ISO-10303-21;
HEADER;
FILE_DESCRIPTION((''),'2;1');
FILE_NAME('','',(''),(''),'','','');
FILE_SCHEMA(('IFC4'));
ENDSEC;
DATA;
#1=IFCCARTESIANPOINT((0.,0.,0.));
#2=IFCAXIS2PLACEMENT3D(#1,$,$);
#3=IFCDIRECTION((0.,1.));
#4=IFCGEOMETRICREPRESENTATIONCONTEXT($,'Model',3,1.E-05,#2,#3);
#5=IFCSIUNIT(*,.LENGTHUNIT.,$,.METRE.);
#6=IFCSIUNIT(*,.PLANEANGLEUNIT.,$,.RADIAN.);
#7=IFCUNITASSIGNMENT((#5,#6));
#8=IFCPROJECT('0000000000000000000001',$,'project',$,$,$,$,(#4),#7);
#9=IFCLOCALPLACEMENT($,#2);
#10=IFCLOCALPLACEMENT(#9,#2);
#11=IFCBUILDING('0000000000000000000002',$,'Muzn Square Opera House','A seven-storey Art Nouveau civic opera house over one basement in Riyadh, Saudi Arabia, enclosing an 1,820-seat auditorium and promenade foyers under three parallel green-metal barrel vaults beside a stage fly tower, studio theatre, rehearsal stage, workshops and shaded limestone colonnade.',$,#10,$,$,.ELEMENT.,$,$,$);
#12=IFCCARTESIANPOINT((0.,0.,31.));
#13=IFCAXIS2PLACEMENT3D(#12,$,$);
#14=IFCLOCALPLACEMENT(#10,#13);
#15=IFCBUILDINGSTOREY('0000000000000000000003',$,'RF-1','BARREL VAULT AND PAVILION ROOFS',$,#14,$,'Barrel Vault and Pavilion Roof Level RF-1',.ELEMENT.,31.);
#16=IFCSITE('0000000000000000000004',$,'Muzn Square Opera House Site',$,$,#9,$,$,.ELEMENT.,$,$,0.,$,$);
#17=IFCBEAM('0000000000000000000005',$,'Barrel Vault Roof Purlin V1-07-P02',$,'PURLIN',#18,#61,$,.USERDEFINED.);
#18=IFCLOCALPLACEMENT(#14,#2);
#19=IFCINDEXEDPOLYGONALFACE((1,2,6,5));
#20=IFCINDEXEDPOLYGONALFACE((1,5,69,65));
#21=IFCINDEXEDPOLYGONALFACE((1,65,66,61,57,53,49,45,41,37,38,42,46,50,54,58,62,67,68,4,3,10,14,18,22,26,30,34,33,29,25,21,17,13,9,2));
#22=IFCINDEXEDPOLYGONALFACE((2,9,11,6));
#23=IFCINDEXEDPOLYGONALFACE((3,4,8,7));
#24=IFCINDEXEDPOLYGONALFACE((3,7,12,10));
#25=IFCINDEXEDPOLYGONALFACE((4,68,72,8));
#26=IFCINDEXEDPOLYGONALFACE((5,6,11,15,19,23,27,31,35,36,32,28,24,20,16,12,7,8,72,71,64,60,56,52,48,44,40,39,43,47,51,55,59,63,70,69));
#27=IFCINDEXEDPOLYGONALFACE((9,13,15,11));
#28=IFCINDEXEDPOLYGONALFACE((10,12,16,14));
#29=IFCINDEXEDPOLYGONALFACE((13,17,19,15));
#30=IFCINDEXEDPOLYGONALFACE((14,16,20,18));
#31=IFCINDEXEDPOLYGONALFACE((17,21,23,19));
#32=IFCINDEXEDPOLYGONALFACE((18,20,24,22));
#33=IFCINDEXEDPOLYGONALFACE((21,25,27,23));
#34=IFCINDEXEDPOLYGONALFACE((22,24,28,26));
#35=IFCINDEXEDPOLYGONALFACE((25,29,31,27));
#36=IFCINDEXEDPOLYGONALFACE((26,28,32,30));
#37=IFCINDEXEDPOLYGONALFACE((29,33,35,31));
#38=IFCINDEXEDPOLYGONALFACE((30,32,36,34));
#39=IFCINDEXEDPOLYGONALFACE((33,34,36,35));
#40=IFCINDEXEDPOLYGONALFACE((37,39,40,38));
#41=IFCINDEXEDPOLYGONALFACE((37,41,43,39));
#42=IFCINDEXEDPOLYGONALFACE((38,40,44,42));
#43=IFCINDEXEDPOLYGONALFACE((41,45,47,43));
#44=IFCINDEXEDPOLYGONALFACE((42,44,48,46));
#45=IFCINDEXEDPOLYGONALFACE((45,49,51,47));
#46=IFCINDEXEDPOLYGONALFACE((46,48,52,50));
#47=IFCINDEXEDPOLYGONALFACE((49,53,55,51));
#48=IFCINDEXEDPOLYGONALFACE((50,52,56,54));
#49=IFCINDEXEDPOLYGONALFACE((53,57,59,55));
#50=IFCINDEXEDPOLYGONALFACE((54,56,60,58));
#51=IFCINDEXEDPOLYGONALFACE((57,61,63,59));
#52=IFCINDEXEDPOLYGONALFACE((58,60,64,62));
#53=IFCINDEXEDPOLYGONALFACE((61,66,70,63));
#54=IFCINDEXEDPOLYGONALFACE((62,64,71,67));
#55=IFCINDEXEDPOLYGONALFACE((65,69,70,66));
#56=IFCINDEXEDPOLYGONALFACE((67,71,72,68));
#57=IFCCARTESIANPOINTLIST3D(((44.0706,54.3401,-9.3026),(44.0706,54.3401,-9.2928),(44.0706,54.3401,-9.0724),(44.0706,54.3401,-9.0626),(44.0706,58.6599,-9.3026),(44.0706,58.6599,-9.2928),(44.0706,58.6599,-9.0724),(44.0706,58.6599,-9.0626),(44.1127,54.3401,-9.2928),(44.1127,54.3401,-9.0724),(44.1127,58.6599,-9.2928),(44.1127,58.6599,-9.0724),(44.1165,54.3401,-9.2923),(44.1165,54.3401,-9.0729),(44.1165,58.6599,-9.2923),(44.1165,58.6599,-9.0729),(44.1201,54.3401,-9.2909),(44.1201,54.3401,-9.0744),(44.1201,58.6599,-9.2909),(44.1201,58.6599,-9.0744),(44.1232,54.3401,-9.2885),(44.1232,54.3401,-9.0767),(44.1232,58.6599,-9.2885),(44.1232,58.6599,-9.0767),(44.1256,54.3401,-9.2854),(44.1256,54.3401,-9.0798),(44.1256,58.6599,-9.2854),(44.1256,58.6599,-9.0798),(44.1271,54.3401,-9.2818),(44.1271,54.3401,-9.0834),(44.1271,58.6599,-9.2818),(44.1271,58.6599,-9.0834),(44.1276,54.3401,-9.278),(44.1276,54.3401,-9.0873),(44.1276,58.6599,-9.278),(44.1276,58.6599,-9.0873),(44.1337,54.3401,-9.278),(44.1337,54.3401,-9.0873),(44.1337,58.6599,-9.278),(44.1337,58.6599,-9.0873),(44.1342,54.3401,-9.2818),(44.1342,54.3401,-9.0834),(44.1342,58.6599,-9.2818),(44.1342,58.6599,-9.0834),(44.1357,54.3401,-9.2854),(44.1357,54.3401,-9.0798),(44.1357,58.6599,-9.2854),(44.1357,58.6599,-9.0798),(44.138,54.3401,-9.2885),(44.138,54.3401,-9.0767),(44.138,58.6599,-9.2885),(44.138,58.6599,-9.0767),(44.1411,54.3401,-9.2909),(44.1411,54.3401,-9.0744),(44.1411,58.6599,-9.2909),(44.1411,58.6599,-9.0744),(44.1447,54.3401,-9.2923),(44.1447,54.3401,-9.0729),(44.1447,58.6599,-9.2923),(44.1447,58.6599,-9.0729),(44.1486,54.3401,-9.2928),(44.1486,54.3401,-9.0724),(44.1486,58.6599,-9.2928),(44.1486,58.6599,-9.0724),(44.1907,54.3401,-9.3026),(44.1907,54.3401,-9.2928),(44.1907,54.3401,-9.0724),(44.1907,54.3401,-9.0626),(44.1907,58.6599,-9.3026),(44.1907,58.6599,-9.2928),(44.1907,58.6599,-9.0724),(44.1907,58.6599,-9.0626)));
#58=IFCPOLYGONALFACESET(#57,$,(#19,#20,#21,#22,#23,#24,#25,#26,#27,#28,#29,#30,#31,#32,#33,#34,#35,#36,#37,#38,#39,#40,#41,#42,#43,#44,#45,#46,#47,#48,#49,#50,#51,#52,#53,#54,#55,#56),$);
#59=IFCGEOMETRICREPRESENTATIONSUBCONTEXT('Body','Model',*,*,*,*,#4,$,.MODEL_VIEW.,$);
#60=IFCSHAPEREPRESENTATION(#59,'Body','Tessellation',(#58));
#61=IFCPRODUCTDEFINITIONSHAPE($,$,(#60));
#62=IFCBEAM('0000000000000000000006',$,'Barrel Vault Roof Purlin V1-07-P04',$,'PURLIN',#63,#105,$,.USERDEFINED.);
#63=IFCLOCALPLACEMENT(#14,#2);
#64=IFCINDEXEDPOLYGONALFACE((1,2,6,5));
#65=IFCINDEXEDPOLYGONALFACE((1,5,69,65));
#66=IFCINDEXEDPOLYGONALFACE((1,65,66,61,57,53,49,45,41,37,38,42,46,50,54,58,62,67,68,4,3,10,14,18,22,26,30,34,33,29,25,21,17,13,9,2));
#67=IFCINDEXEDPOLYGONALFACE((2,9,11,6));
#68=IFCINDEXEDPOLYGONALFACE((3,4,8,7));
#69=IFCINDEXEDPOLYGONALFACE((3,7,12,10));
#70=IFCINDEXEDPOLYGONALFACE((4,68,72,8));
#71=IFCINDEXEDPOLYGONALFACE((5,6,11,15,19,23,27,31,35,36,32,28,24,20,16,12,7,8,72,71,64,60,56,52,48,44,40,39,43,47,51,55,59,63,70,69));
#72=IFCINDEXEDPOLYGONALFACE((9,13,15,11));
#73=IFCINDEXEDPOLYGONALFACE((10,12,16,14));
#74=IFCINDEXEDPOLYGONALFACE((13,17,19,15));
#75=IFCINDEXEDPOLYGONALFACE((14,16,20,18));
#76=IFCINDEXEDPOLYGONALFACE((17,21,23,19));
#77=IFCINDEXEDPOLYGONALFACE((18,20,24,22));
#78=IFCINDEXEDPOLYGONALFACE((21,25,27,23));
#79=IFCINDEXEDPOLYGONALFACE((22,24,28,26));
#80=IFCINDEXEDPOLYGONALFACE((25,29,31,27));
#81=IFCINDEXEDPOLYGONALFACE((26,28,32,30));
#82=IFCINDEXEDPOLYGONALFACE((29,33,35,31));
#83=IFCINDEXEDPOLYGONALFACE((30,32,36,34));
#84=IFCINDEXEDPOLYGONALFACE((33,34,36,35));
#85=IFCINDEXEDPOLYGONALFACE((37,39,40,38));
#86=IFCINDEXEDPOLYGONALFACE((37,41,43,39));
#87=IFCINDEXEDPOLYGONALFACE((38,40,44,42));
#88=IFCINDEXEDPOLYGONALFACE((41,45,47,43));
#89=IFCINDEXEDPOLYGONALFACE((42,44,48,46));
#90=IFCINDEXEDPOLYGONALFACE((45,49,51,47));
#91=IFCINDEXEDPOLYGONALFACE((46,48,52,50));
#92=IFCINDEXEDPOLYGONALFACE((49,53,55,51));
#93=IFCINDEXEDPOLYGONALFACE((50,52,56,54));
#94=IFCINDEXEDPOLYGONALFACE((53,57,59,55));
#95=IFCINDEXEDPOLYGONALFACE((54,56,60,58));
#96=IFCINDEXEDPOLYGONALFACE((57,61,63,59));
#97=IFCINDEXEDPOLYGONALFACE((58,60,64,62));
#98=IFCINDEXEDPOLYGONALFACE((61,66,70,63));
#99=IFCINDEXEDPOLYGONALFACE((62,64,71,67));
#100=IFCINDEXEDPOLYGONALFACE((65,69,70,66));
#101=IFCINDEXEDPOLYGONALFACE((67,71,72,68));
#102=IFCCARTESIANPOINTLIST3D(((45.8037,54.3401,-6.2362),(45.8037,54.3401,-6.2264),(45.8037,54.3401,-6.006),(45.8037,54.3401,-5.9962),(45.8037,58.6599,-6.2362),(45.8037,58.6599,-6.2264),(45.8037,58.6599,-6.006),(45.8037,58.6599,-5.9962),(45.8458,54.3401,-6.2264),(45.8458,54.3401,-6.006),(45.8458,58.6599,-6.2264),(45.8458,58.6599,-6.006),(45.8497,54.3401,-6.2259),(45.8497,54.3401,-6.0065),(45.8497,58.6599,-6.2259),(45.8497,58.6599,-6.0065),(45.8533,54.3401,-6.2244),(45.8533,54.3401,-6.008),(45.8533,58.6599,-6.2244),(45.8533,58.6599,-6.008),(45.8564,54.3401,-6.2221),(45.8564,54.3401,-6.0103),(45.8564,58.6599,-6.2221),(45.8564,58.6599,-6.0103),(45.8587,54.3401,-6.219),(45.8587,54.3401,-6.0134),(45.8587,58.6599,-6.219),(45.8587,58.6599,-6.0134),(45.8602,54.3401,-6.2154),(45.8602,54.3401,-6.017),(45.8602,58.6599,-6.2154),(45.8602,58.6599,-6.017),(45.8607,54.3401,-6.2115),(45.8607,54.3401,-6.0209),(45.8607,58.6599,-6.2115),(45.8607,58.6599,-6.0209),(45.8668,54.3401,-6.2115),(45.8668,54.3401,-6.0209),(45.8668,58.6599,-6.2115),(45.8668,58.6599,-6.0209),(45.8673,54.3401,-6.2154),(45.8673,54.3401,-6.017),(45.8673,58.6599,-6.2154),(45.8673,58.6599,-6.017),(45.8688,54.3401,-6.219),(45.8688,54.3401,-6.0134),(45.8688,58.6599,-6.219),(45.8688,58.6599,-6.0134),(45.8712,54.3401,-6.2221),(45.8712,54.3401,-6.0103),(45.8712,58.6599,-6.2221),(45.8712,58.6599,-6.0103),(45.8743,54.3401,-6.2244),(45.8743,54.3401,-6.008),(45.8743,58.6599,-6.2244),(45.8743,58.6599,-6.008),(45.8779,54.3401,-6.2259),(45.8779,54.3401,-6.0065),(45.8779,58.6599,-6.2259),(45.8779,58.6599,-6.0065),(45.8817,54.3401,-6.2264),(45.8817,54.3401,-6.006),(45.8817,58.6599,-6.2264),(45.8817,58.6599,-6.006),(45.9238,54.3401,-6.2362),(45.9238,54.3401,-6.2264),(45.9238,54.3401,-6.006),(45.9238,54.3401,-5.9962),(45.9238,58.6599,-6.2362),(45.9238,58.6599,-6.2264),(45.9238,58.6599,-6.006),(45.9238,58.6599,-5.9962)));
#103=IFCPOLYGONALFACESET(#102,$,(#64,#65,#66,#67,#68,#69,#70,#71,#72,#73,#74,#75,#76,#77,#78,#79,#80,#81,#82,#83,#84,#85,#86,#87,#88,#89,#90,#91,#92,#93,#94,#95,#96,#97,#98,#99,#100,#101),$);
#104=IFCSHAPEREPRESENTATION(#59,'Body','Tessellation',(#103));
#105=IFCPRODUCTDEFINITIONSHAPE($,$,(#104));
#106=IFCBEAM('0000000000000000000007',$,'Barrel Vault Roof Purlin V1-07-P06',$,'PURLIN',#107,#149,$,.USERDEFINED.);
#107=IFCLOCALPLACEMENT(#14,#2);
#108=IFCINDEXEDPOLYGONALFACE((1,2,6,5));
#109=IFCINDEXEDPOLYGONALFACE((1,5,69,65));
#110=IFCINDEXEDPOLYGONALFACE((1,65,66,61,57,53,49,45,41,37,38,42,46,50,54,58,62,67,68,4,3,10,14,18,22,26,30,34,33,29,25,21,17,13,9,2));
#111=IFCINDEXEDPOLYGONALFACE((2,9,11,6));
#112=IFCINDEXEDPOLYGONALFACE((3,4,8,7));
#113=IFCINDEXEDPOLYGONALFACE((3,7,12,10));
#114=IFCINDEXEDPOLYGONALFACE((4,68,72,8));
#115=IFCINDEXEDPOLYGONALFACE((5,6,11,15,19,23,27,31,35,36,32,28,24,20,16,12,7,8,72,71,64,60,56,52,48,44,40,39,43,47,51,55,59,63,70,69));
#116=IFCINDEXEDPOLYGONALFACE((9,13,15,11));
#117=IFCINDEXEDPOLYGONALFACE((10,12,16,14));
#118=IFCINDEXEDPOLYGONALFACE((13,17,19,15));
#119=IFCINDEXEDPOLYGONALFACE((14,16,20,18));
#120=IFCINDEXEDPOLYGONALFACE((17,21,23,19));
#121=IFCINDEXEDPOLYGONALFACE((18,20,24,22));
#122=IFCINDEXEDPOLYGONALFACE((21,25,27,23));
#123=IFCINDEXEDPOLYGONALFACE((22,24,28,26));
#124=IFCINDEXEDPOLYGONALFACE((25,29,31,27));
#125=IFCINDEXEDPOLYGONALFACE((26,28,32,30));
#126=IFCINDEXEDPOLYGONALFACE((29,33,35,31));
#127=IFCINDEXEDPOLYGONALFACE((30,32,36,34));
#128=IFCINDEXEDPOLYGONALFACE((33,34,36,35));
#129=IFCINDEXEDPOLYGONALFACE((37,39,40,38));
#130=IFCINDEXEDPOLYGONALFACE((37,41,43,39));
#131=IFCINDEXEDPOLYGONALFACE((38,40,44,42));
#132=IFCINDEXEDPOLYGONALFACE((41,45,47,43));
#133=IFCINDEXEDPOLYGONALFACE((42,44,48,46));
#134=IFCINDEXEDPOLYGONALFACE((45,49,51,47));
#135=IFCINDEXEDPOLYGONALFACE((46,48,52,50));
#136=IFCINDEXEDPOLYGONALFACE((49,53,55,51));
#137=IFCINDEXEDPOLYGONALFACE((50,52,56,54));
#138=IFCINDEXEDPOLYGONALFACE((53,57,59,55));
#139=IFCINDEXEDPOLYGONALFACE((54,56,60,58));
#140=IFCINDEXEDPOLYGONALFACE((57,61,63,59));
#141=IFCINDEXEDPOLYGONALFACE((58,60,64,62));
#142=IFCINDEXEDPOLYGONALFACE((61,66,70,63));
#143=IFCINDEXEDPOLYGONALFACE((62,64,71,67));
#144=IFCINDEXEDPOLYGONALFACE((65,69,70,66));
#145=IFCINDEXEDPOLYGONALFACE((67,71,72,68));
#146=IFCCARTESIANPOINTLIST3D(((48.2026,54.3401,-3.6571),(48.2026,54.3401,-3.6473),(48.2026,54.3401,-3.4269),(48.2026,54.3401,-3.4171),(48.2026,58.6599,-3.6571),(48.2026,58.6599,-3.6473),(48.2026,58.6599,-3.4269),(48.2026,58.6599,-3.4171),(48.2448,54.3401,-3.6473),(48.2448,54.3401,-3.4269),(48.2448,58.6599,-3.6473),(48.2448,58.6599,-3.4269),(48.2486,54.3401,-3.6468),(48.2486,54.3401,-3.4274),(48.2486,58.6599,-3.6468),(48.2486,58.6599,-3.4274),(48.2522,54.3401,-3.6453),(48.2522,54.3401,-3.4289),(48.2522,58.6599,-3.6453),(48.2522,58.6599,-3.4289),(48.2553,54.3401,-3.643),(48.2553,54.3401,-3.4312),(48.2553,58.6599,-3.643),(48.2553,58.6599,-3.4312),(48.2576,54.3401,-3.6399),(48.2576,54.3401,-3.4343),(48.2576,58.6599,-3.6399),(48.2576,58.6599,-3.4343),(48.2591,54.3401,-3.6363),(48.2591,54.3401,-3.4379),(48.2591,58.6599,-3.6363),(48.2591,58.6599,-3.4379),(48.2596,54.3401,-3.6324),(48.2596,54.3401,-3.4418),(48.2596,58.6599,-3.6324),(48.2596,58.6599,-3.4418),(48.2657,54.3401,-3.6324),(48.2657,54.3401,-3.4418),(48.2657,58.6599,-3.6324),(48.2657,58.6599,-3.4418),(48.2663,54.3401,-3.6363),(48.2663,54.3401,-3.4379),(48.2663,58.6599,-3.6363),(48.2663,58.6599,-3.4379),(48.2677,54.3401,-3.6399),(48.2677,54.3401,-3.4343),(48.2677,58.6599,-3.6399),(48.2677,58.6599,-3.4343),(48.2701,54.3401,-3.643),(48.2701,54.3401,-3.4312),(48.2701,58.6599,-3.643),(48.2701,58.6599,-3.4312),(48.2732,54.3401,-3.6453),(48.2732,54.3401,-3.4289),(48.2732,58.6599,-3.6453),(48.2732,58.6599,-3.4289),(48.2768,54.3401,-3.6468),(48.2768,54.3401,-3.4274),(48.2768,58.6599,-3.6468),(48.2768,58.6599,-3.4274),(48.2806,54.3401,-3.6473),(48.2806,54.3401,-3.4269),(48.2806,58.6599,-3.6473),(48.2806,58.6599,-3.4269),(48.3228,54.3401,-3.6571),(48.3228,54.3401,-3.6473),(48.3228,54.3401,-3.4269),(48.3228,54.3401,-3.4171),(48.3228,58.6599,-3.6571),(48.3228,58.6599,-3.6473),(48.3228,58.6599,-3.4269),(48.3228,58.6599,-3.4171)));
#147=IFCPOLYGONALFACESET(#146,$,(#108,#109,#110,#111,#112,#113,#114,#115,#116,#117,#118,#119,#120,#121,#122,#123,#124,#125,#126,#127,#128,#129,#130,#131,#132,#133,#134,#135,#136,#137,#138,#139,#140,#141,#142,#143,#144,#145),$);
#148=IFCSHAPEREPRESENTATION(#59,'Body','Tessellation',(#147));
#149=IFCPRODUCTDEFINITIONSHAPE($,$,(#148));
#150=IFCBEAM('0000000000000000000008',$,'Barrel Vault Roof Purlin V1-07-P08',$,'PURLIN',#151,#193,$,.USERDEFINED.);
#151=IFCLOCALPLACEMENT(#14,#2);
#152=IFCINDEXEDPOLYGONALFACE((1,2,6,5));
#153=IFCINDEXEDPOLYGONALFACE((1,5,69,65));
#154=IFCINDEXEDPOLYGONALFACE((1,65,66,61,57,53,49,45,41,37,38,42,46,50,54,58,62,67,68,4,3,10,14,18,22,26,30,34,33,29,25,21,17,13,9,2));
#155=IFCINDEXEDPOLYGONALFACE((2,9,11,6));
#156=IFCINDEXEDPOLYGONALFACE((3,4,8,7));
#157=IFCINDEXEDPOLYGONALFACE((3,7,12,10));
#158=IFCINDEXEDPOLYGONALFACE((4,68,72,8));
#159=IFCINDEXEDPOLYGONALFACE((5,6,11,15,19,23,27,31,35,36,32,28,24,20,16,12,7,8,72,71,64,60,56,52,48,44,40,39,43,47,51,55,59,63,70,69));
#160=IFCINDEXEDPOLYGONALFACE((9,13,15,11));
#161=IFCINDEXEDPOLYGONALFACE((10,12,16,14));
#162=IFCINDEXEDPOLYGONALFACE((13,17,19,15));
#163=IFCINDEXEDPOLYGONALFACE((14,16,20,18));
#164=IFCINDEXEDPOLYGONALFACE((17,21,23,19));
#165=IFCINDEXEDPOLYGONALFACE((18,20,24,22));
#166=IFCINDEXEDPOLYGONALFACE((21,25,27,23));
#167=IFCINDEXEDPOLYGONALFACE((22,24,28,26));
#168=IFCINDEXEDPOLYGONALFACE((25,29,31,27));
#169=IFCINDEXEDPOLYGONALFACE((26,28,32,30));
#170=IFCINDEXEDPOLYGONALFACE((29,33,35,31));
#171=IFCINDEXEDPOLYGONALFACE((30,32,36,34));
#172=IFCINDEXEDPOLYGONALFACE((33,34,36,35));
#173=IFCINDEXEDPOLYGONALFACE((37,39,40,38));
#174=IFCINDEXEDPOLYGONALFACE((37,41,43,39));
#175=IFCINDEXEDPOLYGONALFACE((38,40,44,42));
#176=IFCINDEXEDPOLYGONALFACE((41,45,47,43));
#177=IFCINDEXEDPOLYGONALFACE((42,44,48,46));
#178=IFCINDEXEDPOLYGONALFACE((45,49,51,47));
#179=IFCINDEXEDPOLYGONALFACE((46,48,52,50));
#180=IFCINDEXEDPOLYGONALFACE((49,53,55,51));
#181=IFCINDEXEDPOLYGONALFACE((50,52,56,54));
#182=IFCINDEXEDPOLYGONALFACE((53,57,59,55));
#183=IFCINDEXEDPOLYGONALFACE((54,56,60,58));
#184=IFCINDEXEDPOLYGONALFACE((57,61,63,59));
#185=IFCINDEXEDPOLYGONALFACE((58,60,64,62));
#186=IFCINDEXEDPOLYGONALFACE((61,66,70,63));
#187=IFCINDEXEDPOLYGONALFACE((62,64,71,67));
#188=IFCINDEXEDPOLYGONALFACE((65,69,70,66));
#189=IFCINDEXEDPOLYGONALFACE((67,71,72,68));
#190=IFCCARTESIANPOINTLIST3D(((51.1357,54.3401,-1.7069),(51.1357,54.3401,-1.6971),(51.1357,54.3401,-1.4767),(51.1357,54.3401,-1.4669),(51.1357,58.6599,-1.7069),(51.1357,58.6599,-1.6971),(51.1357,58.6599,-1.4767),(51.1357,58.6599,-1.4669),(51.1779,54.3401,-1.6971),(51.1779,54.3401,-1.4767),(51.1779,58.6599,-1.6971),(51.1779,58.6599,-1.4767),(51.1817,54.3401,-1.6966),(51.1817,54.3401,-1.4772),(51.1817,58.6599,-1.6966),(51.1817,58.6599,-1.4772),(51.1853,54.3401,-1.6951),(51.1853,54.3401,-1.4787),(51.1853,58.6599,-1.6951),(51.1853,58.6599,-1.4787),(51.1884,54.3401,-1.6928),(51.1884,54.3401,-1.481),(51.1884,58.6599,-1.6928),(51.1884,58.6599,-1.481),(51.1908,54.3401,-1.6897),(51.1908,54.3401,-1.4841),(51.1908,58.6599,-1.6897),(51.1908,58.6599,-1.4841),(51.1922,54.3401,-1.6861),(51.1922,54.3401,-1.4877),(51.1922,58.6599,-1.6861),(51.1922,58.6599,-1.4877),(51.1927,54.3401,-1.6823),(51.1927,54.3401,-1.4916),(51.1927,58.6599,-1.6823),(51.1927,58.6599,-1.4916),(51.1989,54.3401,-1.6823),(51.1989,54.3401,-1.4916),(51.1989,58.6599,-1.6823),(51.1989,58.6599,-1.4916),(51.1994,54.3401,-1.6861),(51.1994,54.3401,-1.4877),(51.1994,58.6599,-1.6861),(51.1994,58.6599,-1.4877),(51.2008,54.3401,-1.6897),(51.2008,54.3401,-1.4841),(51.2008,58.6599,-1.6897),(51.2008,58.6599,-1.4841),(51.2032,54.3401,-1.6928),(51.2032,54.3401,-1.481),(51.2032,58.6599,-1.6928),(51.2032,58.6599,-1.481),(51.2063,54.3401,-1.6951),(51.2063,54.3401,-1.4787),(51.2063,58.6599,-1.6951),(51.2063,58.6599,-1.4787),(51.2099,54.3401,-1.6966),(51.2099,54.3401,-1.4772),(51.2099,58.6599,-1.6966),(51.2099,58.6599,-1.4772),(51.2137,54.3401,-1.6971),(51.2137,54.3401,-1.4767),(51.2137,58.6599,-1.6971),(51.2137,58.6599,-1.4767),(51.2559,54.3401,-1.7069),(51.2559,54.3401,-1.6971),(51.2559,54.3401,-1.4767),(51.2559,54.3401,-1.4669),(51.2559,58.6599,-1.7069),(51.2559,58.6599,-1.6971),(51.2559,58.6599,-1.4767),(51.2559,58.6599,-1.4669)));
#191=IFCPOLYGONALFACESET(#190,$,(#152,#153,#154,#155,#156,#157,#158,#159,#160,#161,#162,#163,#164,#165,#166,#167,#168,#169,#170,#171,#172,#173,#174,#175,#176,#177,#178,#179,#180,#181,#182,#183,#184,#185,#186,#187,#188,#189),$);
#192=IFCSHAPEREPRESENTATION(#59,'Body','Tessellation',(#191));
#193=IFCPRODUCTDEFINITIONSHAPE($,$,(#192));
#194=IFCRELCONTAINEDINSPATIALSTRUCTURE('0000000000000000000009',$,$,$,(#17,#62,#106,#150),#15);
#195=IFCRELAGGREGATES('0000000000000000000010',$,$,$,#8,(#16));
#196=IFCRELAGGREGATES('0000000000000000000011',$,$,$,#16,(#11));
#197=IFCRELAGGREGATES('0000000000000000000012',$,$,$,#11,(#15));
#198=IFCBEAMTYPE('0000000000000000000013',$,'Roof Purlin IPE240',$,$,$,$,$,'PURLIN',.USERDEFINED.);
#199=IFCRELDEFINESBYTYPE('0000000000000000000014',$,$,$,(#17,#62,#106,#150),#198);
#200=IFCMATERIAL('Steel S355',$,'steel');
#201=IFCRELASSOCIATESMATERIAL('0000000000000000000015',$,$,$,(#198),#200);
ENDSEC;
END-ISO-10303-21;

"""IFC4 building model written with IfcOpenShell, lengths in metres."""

from ifc_helpers import new_model, si_unit, direction, frame, origin, origin_2d, place, context, subcontext, project, spatial, i_section, extrude, material, material_profile, profile_set, type_object, element, save


model = new_model("IFC4")

# Units and contexts
model_context = context("Model", 3, precision=1e-05, world=origin(), true_north=direction((0.0, 1.0)))
body_context = subcontext(model_context, "Body", "Model", "MODEL_VIEW")
ifc_project = project(units=[si_unit("LENGTHUNIT", "METRE"), si_unit("PLANEANGLEUNIT", "RADIAN")], contexts=[model_context])

# Site, building, storey
site_placement = place(None, origin())
site = spatial("IfcSite", under=ifc_project, at=site_placement, Name="Muzn Square Opera House Site", CompositionType="ELEMENT", RefElevation=0.0)
building_placement = place(site_placement, origin())
building = spatial("IfcBuilding", under=site, at=building_placement, Name="Muzn Square Opera House", Description="A seven-storey Art Nouveau civic opera house over one basement in Riyadh, Saudi Arabia, enclosing an 1,820-seat auditorium and promenade foyers under three parallel green-metal barrel vaults beside a stage fly tower, studio theatre, rehearsal stage, workshops and shaded limestone colonnade.", CompositionType="ELEMENT")
storey_placement = place(building_placement, frame((0.0, 0.0, 31.0)))
storey = spatial("IfcBuildingStorey", under=building, at=storey_placement, Name="RF-1", Description="BARREL VAULT AND PAVILION ROOFS", LongName="Barrel Vault and Pavilion Roof Level RF-1", CompositionType="ELEMENT", Elevation=31.0)

# Beams
ifc_material_1 = material(Name="Steel S355", Category="steel")
ifc_material_profile_1 = material_profile(ifc_material_1, i_section(OverallWidth=0.1201, OverallDepth=0.24, WebThickness=0.0061, FlangeThickness=0.0098, FilletRadius=0.0149, at=origin_2d()), Name="IPE 240", Category="steel")
ifc_profile_set_1 = profile_set([ifc_material_profile_1], Name="Steel S355")
beam_type_1 = type_object("IfcBeamType", Name="Roof Purlin IPE240", ElementType="PURLIN", PredefinedType="USERDEFINED", material=ifc_profile_set_1)
for number, where, z_axis, x_axis, name in (
    (1, (44.1306, 54.3401, -9.1826), (0.0, 1.0, 0.0), (-1.0, 0.0, 0.0), "Barrel Vault Roof Purlin V1-07-P02"),
    (2, (45.8638, 54.3401, -6.1162), (0.0, 1.0, 0.0), (-1.0, 0.0, 0.0), "Barrel Vault Roof Purlin V1-07-P04"),
    (3, (48.2627, 54.3401, -3.5371), (0.0, 1.0, 0.0), (-1.0, 0.0, 0.0), "Barrel Vault Roof Purlin V1-07-P06"),
    (4, (51.1958, 54.3401, -1.5869), (0.0, 1.0, 0.0), (-1.0, 0.0, 0.0), "Barrel Vault Roof Purlin V1-07-P08"),
):
    element("IfcBeam", number, at=place(storey_placement, frame(where, z_axis=z_axis, x_axis=x_axis)), inside=storey, type_object=beam_type_1, Name=name, ObjectType="PURLIN", PredefinedType="USERDEFINED", context=body_context, shape_type="SweptSolid", body=[
        extrude(i_section(OverallWidth=0.1201, OverallDepth=0.24, WebThickness=0.0061, FlangeThickness=0.0098, FilletRadius=0.0149, at=origin_2d()), origin(), (0.0, 0.0, 1.0), 4.3198),
    ])

save(model, "model.ifc")
